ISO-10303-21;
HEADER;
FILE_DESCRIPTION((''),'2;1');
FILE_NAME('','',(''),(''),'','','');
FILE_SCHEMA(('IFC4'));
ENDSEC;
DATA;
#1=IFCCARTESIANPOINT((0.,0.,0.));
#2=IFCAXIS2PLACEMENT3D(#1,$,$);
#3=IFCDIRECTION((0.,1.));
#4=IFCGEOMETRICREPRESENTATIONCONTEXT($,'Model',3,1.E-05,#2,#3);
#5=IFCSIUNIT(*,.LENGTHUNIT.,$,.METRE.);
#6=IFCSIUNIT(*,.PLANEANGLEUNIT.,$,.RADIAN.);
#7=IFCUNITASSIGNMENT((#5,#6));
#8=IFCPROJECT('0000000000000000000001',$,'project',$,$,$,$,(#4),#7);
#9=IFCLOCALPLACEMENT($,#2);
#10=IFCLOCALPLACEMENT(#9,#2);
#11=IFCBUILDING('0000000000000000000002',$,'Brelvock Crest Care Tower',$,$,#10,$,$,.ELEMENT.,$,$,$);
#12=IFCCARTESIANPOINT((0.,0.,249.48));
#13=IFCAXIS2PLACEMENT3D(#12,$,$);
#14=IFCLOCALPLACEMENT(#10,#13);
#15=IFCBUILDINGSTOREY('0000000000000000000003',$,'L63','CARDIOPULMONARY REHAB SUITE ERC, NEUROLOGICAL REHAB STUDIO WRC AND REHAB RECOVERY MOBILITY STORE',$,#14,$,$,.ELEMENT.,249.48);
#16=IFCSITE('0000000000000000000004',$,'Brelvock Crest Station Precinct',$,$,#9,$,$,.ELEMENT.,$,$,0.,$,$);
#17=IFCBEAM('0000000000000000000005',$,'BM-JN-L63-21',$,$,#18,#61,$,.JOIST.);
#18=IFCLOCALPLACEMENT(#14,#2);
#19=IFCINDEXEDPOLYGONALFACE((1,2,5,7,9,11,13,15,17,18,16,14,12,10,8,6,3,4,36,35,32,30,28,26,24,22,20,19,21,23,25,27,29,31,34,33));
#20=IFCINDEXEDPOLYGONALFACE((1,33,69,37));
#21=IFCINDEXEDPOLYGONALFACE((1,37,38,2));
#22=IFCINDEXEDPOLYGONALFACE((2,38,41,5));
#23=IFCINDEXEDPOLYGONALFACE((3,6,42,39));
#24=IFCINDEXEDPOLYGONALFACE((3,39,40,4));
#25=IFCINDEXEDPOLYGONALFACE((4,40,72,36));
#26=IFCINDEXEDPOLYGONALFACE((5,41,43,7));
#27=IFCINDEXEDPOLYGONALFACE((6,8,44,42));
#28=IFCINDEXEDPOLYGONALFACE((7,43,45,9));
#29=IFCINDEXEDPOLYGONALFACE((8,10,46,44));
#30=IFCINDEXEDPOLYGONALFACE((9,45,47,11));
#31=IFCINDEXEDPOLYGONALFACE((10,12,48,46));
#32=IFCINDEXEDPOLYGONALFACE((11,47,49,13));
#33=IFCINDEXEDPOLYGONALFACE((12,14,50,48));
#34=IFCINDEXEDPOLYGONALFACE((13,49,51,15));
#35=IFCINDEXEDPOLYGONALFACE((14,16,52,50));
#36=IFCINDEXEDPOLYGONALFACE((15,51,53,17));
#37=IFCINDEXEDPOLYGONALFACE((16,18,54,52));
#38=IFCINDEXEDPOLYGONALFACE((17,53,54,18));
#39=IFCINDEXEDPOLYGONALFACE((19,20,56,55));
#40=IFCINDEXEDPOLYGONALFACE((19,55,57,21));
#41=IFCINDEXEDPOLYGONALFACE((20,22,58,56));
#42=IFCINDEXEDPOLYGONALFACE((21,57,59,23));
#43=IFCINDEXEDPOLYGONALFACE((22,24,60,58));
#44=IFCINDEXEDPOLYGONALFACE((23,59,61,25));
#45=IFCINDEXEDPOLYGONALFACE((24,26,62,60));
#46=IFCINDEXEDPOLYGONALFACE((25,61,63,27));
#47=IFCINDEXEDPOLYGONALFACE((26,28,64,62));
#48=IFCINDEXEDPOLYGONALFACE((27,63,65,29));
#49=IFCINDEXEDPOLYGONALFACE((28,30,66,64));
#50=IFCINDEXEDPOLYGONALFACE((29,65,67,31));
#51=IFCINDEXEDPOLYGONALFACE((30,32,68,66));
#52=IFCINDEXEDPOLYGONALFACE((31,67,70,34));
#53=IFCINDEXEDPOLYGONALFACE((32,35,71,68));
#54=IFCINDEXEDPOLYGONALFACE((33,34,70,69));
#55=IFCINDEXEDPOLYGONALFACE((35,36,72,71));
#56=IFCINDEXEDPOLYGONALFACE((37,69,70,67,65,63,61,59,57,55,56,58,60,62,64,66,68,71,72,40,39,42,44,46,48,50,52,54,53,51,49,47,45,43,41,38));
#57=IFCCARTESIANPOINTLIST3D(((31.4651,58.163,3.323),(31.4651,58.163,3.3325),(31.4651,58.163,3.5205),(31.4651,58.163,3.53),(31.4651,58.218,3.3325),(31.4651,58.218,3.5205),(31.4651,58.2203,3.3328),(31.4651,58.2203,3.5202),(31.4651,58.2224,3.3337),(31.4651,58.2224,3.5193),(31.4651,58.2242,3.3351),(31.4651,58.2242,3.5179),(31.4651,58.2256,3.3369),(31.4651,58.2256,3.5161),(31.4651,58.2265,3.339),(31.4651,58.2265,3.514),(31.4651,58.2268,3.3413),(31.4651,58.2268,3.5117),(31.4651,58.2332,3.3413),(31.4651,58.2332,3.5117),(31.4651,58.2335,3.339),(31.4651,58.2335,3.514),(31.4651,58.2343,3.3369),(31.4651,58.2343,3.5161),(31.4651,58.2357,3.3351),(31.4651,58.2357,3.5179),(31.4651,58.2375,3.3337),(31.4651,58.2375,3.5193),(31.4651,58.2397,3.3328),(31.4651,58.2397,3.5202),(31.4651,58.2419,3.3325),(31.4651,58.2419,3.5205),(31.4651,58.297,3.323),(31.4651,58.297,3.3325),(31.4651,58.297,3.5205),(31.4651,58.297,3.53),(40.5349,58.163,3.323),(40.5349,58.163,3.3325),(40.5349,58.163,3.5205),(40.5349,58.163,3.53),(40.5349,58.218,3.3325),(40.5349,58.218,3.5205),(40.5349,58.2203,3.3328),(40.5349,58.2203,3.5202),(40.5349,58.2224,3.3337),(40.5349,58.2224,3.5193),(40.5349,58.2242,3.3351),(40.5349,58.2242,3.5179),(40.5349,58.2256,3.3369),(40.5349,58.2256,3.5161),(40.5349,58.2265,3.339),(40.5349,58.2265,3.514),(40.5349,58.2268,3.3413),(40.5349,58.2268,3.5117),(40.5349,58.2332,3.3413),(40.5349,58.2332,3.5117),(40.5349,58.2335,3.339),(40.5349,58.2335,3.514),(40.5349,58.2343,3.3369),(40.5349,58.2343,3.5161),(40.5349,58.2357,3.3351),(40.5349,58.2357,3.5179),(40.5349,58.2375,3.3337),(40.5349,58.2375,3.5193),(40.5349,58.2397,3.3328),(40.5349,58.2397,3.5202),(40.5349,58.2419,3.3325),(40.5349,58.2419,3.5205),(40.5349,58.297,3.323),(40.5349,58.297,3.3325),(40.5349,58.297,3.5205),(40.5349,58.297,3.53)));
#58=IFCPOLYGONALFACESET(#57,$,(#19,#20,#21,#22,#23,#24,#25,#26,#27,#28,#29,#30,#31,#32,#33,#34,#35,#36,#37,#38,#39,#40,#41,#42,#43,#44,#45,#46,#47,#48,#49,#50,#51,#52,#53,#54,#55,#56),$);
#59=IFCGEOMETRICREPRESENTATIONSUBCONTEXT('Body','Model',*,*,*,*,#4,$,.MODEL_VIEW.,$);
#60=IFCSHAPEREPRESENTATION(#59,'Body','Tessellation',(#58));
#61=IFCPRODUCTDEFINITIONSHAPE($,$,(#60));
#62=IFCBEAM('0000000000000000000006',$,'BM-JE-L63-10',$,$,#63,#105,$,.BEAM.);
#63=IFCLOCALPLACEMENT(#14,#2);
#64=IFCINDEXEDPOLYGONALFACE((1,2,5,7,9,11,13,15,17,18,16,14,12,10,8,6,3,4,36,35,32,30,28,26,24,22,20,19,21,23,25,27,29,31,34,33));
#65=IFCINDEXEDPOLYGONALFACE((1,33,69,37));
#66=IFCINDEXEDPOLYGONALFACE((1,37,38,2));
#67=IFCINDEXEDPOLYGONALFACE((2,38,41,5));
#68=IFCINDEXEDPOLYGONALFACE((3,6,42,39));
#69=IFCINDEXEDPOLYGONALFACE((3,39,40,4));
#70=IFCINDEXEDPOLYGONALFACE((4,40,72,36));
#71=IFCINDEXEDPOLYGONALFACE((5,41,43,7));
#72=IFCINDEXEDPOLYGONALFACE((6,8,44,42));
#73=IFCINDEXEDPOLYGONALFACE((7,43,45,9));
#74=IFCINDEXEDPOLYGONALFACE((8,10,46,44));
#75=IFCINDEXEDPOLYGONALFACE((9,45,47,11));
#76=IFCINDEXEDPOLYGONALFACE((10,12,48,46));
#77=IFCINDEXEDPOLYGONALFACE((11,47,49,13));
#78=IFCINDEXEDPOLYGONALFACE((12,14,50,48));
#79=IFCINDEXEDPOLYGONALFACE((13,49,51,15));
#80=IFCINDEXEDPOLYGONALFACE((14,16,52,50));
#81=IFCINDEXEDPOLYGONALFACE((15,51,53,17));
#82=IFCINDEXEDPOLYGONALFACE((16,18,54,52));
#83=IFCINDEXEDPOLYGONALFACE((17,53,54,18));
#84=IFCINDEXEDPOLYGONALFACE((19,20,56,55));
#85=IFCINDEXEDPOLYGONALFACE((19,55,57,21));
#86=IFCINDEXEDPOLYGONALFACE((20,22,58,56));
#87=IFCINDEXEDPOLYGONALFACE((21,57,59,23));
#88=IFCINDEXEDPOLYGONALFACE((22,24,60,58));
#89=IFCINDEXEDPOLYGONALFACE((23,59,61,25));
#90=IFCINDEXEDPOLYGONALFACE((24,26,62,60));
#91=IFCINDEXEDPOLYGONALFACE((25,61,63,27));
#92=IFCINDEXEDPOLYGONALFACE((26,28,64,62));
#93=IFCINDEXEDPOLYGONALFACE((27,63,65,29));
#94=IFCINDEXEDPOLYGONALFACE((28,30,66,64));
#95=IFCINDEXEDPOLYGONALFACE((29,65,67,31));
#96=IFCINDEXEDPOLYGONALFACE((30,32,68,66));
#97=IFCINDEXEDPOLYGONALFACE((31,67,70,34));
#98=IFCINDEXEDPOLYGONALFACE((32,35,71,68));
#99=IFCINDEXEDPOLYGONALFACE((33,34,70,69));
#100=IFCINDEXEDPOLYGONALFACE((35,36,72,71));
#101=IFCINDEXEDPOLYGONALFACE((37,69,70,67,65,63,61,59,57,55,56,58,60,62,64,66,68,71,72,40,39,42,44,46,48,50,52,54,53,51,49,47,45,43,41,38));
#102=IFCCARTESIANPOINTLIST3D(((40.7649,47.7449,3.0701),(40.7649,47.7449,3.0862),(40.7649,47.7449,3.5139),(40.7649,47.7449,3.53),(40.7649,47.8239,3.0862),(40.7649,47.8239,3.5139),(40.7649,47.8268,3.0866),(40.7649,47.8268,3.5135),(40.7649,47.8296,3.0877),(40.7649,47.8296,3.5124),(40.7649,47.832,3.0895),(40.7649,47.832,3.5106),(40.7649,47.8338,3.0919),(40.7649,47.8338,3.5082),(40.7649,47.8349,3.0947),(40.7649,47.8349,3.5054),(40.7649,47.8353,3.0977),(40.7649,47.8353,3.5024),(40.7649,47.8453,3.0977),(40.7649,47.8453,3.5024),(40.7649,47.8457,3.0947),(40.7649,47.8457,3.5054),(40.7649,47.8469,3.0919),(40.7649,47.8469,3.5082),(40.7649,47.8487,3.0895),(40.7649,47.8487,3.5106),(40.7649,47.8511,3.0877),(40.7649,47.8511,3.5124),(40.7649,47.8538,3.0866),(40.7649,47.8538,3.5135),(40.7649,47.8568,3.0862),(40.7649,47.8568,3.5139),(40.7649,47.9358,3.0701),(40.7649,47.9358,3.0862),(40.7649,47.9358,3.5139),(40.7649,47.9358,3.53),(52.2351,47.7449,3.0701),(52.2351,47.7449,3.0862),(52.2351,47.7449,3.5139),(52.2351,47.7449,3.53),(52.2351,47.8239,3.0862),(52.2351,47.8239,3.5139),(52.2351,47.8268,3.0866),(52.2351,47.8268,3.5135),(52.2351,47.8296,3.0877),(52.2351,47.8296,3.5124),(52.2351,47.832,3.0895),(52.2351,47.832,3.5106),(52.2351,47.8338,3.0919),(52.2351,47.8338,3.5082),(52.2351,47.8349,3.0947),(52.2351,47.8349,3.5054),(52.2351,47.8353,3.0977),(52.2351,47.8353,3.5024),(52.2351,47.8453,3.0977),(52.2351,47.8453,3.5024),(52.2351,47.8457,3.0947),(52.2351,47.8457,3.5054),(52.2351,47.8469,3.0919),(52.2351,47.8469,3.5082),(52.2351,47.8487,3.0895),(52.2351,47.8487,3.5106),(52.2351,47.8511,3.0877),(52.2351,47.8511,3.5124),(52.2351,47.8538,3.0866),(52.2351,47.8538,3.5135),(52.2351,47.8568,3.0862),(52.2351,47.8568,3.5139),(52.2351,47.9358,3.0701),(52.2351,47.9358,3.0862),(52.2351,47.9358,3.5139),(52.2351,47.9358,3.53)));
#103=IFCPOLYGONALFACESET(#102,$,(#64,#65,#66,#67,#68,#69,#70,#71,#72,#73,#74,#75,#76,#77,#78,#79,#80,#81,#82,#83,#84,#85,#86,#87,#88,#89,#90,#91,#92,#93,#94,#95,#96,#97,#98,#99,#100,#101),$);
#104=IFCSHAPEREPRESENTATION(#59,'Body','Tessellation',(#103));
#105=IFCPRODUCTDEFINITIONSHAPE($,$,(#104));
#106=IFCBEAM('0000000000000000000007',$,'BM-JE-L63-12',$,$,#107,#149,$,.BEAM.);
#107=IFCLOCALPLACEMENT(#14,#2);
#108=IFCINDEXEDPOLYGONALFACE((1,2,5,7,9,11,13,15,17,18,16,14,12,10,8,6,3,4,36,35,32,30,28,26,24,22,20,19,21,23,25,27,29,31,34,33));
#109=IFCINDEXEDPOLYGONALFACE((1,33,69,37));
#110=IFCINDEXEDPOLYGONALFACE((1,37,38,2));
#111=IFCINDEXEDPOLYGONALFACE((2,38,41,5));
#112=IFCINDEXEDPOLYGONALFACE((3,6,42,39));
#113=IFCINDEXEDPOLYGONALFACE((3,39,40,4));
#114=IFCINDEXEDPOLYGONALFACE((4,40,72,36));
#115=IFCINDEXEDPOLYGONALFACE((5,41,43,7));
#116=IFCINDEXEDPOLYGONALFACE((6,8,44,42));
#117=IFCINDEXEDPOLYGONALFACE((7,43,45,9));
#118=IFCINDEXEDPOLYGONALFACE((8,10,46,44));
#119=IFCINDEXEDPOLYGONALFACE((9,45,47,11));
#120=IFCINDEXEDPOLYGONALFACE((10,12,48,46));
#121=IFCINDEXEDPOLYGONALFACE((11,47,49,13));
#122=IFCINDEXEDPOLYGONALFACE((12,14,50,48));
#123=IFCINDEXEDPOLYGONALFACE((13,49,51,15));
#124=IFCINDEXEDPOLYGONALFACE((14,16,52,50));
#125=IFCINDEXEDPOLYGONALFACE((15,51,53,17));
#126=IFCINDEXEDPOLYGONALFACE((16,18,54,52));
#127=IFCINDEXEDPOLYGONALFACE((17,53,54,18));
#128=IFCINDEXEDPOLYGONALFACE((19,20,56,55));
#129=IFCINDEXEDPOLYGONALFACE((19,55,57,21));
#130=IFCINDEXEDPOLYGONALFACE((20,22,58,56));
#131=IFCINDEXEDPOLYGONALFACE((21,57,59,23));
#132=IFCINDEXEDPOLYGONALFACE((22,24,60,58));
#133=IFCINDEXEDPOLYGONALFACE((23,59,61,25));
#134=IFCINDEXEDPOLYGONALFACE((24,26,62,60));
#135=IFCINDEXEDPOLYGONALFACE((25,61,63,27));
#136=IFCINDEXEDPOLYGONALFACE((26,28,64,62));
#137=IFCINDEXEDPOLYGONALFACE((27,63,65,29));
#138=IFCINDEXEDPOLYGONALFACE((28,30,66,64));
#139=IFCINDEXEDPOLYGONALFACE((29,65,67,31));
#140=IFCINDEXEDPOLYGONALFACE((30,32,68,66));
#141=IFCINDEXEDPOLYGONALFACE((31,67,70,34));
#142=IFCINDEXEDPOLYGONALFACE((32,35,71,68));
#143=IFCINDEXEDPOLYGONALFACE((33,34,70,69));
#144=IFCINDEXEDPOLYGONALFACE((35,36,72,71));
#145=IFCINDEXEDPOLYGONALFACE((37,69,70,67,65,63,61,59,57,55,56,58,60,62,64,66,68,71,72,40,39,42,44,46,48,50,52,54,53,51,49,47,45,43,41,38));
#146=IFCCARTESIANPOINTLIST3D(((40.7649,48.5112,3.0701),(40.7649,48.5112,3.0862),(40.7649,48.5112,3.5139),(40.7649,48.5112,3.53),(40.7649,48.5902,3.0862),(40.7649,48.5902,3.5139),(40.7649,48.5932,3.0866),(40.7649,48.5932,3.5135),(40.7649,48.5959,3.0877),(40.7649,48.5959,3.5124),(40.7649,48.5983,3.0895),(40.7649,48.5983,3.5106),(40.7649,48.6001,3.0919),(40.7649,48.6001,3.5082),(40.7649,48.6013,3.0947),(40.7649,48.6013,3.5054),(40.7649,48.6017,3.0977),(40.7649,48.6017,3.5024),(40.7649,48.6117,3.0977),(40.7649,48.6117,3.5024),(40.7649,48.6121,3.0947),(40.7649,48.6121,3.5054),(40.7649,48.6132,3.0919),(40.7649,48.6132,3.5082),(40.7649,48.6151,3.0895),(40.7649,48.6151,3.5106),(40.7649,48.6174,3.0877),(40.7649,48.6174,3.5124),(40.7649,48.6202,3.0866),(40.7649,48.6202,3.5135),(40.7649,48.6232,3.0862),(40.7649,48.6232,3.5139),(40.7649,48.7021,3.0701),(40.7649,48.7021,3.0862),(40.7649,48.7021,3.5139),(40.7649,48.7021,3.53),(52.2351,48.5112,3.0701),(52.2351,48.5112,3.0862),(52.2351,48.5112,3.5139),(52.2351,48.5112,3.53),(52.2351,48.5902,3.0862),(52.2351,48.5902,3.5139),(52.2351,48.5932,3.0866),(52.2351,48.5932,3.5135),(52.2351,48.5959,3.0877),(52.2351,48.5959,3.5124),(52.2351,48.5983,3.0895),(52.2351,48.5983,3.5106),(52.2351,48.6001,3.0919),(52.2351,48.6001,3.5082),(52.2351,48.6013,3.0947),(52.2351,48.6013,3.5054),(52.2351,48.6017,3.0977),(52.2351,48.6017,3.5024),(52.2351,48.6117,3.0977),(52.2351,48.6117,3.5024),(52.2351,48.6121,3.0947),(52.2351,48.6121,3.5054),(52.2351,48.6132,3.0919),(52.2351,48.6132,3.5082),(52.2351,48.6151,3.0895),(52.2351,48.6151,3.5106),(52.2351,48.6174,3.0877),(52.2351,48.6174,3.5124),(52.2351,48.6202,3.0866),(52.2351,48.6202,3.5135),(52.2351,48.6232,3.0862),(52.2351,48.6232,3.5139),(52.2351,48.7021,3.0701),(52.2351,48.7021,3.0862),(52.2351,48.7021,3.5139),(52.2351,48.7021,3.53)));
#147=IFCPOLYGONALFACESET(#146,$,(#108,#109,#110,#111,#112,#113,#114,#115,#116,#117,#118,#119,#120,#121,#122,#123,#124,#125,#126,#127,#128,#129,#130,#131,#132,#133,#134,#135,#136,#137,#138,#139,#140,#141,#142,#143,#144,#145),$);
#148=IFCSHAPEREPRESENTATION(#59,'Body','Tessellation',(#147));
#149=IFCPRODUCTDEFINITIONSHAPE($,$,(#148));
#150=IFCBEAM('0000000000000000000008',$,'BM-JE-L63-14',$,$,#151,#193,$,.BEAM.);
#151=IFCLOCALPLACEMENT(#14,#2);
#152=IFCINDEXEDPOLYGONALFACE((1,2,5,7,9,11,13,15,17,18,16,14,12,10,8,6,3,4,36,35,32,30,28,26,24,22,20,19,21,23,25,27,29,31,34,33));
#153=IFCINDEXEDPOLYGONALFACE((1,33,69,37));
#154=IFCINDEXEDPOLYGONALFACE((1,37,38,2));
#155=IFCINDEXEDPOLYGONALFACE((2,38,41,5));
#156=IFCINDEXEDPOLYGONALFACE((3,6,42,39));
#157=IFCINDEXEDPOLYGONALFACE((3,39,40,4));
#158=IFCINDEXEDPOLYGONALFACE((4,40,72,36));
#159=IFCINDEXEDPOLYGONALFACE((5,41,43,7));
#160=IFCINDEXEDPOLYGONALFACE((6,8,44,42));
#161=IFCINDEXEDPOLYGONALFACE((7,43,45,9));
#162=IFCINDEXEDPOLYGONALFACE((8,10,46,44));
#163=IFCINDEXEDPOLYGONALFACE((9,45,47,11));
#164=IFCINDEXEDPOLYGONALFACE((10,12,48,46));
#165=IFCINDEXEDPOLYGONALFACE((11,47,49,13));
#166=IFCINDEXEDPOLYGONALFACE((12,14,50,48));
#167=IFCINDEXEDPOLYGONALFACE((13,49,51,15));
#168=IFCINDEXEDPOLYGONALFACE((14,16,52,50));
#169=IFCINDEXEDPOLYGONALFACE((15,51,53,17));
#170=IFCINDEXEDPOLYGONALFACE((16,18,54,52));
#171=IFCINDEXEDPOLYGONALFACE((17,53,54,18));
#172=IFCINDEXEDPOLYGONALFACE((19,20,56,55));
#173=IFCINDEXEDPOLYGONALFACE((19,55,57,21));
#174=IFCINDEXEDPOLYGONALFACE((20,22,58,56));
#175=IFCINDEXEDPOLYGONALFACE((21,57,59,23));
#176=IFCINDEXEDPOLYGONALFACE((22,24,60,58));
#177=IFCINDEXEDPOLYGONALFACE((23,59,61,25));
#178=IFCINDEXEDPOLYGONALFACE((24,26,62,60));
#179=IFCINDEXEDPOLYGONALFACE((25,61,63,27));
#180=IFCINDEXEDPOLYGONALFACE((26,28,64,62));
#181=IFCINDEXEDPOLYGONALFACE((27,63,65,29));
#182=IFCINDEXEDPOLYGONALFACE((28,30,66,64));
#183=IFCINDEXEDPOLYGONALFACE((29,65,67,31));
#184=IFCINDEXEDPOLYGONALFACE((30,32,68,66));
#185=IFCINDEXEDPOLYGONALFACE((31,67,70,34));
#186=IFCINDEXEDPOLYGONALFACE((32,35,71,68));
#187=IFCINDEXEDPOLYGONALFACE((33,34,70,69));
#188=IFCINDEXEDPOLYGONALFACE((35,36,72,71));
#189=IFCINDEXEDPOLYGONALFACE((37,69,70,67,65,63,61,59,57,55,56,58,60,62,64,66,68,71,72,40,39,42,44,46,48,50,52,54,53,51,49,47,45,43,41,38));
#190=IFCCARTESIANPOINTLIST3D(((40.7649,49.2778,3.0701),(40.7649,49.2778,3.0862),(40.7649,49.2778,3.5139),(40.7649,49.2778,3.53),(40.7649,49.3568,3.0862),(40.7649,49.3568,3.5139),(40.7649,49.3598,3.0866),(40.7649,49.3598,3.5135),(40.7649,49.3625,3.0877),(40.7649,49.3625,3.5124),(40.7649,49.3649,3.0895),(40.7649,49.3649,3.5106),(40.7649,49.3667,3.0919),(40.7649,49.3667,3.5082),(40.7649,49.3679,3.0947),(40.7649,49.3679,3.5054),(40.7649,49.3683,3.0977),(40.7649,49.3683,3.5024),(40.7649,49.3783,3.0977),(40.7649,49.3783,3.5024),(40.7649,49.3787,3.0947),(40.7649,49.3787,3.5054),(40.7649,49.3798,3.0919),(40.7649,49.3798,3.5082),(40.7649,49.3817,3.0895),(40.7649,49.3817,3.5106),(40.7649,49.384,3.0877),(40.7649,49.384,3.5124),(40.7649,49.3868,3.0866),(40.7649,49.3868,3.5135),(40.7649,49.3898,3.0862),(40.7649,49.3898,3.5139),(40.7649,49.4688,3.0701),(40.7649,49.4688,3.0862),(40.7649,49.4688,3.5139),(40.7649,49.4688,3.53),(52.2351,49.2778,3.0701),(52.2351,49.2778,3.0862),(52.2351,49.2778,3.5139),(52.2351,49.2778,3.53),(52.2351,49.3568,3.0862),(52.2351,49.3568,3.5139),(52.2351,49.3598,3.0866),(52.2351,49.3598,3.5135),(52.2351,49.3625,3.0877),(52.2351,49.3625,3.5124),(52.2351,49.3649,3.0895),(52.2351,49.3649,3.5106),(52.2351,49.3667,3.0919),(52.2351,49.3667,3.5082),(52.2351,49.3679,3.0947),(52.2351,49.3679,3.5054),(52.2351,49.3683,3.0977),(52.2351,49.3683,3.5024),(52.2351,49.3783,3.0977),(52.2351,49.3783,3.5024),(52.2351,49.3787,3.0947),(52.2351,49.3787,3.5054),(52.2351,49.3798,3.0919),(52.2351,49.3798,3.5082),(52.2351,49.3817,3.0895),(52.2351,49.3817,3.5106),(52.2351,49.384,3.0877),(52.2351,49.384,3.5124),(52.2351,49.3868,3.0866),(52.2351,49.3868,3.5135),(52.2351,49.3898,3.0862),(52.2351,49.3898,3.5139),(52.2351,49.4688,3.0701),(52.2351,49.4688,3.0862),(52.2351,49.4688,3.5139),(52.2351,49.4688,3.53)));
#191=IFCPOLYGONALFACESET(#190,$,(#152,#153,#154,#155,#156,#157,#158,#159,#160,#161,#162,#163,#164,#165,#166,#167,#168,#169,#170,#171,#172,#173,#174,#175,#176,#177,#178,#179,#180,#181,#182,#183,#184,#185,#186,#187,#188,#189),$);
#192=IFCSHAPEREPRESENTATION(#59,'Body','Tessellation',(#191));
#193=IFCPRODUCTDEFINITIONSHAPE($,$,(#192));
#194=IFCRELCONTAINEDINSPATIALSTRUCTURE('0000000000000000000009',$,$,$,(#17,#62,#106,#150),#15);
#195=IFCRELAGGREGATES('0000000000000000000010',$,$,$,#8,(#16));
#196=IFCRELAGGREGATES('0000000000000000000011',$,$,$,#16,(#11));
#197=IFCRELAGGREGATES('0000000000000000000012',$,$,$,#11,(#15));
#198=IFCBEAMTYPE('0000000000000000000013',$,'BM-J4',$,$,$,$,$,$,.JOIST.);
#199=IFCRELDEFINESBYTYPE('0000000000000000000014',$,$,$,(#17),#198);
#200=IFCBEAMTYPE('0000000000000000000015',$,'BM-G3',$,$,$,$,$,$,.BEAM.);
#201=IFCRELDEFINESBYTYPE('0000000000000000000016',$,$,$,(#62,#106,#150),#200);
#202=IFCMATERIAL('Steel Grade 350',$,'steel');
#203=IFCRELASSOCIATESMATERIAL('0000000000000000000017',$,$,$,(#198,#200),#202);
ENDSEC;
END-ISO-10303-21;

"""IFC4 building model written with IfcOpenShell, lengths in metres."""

from ifc_helpers import new_model, si_unit, direction, frame, origin, origin_2d, place, context, subcontext, project, spatial, i_section, extrude, source, transform, mapped, material, material_profile, profile_set, type_object, element, save


model = new_model("IFC4")

# Units and contexts
model_context = context("Model", 3, precision=1e-05, world=origin(), true_north=direction((0.0, 1.0)))
body_context = subcontext(model_context, "Body", "Model", "MODEL_VIEW")
ifc_project = project(units=[si_unit("LENGTHUNIT", "METRE"), si_unit("PLANEANGLEUNIT", "RADIAN")], contexts=[model_context])

# Site, building, storey
site_placement = place(None, origin())
site = spatial("IfcSite", under=ifc_project, at=site_placement, Name="Brelvock Crest Station Precinct", CompositionType="ELEMENT", RefElevation=0.0)
building_placement = place(site_placement, origin())
building = spatial("IfcBuilding", under=site, at=building_placement, Name="Brelvock Crest Care Tower", CompositionType="ELEMENT")
storey_placement = place(building_placement, frame((0.0, 0.0, 249.48)))
storey = spatial("IfcBuildingStorey", under=building, at=storey_placement, Name="L63", Description="CARDIOPULMONARY REHAB SUITE ERC, NEUROLOGICAL REHAB STUDIO WRC AND REHAB RECOVERY MOBILITY STORE", CompositionType="ELEMENT", Elevation=249.48)

# Beams
ifc_material_1 = material(Name="Steel Grade 350", Category="steel")
ifc_material_profile_1 = material_profile(ifc_material_1, i_section(OverallWidth=0.134, OverallDepth=0.207, WebThickness=0.0063, FlangeThickness=0.0095, FilletRadius=0.0088, at=origin_2d()), Name="200UB29.8")
ifc_profile_set_1 = profile_set([ifc_material_profile_1], Name="Steel Grade 350")
beam_type_1 = type_object("IfcBeamType", Name="BM-J4", PredefinedType="JOIST", material=ifc_profile_set_1)
shared_shape_1 = source(origin(), body_context, "Body", "SweptSolid", [
    extrude(i_section(OverallWidth=0.134, OverallDepth=0.207, WebThickness=0.0063, FlangeThickness=0.0095, FilletRadius=0.0088, at=origin_2d()), origin(), (0.0, 0.0, 1.0), 9.0698),
])
for number, where, z_axis, x_axis, name in (
    (1, (31.4651, 58.23, 3.4265), (1.0, 0.0, 0.0), (0.0, 1.0, 0.0), "BM-JN-L63-21"),
):
    element("IfcBeam", number, at=place(storey_placement, frame(where, z_axis=z_axis, x_axis=x_axis)), inside=storey, type_object=beam_type_1, Name=name, PredefinedType="JOIST", context=body_context, shape_type="MappedRepresentation", body=[
        mapped(shared_shape_1, transform((0.0, 0.0, 0.0), x_axis=(1.0, 0.0, 0.0), y_axis=(0.0, 1.0, 0.0), z_axis=(0.0, 0.0, 1.0), scale=1.0)),
    ])
ifc_material_profile_2 = material_profile(ifc_material_1, i_section(OverallWidth=0.1909, OverallDepth=0.46, WebThickness=0.01, FlangeThickness=0.0161, FilletRadius=0.0115, at=origin_2d()), Name="460UB82.1")
ifc_profile_set_2 = profile_set([ifc_material_profile_2], Name="Steel Grade 350")
beam_type_2 = type_object("IfcBeamType", Name="BM-G3", PredefinedType="BEAM", material=ifc_profile_set_2)
shared_shape_2 = source(origin(), body_context, "Body", "SweptSolid", [
    extrude(i_section(OverallWidth=0.1909, OverallDepth=0.46, WebThickness=0.01, FlangeThickness=0.0161, FilletRadius=0.0115, at=origin_2d()), origin(), (0.0, 0.0, 1.0), 11.4702),
])
for number, where, z_axis, x_axis, name in (
    (2, (40.7649, 47.8403, 3.3), (1.0, 0.0, 0.0), (0.0, 1.0, 0.0), "BM-JE-L63-10"),
    (3, (40.7649, 48.6067, 3.3), (1.0, 0.0, 0.0), (0.0, 1.0, 0.0), "BM-JE-L63-12"),
    (4, (40.7649, 49.3733, 3.3), (1.0, 0.0, 0.0), (0.0, 1.0, 0.0), "BM-JE-L63-14"),
):
    element("IfcBeam", number, at=place(storey_placement, frame(where, z_axis=z_axis, x_axis=x_axis)), inside=storey, type_object=beam_type_2, Name=name, PredefinedType="BEAM", context=body_context, shape_type="MappedRepresentation", body=[
        mapped(shared_shape_2, transform((0.0, 0.0, 0.0), x_axis=(1.0, 0.0, 0.0), y_axis=(0.0, 1.0, 0.0), z_axis=(0.0, 0.0, 1.0), scale=1.0)),
    ])

save(model, "model.ifc")
